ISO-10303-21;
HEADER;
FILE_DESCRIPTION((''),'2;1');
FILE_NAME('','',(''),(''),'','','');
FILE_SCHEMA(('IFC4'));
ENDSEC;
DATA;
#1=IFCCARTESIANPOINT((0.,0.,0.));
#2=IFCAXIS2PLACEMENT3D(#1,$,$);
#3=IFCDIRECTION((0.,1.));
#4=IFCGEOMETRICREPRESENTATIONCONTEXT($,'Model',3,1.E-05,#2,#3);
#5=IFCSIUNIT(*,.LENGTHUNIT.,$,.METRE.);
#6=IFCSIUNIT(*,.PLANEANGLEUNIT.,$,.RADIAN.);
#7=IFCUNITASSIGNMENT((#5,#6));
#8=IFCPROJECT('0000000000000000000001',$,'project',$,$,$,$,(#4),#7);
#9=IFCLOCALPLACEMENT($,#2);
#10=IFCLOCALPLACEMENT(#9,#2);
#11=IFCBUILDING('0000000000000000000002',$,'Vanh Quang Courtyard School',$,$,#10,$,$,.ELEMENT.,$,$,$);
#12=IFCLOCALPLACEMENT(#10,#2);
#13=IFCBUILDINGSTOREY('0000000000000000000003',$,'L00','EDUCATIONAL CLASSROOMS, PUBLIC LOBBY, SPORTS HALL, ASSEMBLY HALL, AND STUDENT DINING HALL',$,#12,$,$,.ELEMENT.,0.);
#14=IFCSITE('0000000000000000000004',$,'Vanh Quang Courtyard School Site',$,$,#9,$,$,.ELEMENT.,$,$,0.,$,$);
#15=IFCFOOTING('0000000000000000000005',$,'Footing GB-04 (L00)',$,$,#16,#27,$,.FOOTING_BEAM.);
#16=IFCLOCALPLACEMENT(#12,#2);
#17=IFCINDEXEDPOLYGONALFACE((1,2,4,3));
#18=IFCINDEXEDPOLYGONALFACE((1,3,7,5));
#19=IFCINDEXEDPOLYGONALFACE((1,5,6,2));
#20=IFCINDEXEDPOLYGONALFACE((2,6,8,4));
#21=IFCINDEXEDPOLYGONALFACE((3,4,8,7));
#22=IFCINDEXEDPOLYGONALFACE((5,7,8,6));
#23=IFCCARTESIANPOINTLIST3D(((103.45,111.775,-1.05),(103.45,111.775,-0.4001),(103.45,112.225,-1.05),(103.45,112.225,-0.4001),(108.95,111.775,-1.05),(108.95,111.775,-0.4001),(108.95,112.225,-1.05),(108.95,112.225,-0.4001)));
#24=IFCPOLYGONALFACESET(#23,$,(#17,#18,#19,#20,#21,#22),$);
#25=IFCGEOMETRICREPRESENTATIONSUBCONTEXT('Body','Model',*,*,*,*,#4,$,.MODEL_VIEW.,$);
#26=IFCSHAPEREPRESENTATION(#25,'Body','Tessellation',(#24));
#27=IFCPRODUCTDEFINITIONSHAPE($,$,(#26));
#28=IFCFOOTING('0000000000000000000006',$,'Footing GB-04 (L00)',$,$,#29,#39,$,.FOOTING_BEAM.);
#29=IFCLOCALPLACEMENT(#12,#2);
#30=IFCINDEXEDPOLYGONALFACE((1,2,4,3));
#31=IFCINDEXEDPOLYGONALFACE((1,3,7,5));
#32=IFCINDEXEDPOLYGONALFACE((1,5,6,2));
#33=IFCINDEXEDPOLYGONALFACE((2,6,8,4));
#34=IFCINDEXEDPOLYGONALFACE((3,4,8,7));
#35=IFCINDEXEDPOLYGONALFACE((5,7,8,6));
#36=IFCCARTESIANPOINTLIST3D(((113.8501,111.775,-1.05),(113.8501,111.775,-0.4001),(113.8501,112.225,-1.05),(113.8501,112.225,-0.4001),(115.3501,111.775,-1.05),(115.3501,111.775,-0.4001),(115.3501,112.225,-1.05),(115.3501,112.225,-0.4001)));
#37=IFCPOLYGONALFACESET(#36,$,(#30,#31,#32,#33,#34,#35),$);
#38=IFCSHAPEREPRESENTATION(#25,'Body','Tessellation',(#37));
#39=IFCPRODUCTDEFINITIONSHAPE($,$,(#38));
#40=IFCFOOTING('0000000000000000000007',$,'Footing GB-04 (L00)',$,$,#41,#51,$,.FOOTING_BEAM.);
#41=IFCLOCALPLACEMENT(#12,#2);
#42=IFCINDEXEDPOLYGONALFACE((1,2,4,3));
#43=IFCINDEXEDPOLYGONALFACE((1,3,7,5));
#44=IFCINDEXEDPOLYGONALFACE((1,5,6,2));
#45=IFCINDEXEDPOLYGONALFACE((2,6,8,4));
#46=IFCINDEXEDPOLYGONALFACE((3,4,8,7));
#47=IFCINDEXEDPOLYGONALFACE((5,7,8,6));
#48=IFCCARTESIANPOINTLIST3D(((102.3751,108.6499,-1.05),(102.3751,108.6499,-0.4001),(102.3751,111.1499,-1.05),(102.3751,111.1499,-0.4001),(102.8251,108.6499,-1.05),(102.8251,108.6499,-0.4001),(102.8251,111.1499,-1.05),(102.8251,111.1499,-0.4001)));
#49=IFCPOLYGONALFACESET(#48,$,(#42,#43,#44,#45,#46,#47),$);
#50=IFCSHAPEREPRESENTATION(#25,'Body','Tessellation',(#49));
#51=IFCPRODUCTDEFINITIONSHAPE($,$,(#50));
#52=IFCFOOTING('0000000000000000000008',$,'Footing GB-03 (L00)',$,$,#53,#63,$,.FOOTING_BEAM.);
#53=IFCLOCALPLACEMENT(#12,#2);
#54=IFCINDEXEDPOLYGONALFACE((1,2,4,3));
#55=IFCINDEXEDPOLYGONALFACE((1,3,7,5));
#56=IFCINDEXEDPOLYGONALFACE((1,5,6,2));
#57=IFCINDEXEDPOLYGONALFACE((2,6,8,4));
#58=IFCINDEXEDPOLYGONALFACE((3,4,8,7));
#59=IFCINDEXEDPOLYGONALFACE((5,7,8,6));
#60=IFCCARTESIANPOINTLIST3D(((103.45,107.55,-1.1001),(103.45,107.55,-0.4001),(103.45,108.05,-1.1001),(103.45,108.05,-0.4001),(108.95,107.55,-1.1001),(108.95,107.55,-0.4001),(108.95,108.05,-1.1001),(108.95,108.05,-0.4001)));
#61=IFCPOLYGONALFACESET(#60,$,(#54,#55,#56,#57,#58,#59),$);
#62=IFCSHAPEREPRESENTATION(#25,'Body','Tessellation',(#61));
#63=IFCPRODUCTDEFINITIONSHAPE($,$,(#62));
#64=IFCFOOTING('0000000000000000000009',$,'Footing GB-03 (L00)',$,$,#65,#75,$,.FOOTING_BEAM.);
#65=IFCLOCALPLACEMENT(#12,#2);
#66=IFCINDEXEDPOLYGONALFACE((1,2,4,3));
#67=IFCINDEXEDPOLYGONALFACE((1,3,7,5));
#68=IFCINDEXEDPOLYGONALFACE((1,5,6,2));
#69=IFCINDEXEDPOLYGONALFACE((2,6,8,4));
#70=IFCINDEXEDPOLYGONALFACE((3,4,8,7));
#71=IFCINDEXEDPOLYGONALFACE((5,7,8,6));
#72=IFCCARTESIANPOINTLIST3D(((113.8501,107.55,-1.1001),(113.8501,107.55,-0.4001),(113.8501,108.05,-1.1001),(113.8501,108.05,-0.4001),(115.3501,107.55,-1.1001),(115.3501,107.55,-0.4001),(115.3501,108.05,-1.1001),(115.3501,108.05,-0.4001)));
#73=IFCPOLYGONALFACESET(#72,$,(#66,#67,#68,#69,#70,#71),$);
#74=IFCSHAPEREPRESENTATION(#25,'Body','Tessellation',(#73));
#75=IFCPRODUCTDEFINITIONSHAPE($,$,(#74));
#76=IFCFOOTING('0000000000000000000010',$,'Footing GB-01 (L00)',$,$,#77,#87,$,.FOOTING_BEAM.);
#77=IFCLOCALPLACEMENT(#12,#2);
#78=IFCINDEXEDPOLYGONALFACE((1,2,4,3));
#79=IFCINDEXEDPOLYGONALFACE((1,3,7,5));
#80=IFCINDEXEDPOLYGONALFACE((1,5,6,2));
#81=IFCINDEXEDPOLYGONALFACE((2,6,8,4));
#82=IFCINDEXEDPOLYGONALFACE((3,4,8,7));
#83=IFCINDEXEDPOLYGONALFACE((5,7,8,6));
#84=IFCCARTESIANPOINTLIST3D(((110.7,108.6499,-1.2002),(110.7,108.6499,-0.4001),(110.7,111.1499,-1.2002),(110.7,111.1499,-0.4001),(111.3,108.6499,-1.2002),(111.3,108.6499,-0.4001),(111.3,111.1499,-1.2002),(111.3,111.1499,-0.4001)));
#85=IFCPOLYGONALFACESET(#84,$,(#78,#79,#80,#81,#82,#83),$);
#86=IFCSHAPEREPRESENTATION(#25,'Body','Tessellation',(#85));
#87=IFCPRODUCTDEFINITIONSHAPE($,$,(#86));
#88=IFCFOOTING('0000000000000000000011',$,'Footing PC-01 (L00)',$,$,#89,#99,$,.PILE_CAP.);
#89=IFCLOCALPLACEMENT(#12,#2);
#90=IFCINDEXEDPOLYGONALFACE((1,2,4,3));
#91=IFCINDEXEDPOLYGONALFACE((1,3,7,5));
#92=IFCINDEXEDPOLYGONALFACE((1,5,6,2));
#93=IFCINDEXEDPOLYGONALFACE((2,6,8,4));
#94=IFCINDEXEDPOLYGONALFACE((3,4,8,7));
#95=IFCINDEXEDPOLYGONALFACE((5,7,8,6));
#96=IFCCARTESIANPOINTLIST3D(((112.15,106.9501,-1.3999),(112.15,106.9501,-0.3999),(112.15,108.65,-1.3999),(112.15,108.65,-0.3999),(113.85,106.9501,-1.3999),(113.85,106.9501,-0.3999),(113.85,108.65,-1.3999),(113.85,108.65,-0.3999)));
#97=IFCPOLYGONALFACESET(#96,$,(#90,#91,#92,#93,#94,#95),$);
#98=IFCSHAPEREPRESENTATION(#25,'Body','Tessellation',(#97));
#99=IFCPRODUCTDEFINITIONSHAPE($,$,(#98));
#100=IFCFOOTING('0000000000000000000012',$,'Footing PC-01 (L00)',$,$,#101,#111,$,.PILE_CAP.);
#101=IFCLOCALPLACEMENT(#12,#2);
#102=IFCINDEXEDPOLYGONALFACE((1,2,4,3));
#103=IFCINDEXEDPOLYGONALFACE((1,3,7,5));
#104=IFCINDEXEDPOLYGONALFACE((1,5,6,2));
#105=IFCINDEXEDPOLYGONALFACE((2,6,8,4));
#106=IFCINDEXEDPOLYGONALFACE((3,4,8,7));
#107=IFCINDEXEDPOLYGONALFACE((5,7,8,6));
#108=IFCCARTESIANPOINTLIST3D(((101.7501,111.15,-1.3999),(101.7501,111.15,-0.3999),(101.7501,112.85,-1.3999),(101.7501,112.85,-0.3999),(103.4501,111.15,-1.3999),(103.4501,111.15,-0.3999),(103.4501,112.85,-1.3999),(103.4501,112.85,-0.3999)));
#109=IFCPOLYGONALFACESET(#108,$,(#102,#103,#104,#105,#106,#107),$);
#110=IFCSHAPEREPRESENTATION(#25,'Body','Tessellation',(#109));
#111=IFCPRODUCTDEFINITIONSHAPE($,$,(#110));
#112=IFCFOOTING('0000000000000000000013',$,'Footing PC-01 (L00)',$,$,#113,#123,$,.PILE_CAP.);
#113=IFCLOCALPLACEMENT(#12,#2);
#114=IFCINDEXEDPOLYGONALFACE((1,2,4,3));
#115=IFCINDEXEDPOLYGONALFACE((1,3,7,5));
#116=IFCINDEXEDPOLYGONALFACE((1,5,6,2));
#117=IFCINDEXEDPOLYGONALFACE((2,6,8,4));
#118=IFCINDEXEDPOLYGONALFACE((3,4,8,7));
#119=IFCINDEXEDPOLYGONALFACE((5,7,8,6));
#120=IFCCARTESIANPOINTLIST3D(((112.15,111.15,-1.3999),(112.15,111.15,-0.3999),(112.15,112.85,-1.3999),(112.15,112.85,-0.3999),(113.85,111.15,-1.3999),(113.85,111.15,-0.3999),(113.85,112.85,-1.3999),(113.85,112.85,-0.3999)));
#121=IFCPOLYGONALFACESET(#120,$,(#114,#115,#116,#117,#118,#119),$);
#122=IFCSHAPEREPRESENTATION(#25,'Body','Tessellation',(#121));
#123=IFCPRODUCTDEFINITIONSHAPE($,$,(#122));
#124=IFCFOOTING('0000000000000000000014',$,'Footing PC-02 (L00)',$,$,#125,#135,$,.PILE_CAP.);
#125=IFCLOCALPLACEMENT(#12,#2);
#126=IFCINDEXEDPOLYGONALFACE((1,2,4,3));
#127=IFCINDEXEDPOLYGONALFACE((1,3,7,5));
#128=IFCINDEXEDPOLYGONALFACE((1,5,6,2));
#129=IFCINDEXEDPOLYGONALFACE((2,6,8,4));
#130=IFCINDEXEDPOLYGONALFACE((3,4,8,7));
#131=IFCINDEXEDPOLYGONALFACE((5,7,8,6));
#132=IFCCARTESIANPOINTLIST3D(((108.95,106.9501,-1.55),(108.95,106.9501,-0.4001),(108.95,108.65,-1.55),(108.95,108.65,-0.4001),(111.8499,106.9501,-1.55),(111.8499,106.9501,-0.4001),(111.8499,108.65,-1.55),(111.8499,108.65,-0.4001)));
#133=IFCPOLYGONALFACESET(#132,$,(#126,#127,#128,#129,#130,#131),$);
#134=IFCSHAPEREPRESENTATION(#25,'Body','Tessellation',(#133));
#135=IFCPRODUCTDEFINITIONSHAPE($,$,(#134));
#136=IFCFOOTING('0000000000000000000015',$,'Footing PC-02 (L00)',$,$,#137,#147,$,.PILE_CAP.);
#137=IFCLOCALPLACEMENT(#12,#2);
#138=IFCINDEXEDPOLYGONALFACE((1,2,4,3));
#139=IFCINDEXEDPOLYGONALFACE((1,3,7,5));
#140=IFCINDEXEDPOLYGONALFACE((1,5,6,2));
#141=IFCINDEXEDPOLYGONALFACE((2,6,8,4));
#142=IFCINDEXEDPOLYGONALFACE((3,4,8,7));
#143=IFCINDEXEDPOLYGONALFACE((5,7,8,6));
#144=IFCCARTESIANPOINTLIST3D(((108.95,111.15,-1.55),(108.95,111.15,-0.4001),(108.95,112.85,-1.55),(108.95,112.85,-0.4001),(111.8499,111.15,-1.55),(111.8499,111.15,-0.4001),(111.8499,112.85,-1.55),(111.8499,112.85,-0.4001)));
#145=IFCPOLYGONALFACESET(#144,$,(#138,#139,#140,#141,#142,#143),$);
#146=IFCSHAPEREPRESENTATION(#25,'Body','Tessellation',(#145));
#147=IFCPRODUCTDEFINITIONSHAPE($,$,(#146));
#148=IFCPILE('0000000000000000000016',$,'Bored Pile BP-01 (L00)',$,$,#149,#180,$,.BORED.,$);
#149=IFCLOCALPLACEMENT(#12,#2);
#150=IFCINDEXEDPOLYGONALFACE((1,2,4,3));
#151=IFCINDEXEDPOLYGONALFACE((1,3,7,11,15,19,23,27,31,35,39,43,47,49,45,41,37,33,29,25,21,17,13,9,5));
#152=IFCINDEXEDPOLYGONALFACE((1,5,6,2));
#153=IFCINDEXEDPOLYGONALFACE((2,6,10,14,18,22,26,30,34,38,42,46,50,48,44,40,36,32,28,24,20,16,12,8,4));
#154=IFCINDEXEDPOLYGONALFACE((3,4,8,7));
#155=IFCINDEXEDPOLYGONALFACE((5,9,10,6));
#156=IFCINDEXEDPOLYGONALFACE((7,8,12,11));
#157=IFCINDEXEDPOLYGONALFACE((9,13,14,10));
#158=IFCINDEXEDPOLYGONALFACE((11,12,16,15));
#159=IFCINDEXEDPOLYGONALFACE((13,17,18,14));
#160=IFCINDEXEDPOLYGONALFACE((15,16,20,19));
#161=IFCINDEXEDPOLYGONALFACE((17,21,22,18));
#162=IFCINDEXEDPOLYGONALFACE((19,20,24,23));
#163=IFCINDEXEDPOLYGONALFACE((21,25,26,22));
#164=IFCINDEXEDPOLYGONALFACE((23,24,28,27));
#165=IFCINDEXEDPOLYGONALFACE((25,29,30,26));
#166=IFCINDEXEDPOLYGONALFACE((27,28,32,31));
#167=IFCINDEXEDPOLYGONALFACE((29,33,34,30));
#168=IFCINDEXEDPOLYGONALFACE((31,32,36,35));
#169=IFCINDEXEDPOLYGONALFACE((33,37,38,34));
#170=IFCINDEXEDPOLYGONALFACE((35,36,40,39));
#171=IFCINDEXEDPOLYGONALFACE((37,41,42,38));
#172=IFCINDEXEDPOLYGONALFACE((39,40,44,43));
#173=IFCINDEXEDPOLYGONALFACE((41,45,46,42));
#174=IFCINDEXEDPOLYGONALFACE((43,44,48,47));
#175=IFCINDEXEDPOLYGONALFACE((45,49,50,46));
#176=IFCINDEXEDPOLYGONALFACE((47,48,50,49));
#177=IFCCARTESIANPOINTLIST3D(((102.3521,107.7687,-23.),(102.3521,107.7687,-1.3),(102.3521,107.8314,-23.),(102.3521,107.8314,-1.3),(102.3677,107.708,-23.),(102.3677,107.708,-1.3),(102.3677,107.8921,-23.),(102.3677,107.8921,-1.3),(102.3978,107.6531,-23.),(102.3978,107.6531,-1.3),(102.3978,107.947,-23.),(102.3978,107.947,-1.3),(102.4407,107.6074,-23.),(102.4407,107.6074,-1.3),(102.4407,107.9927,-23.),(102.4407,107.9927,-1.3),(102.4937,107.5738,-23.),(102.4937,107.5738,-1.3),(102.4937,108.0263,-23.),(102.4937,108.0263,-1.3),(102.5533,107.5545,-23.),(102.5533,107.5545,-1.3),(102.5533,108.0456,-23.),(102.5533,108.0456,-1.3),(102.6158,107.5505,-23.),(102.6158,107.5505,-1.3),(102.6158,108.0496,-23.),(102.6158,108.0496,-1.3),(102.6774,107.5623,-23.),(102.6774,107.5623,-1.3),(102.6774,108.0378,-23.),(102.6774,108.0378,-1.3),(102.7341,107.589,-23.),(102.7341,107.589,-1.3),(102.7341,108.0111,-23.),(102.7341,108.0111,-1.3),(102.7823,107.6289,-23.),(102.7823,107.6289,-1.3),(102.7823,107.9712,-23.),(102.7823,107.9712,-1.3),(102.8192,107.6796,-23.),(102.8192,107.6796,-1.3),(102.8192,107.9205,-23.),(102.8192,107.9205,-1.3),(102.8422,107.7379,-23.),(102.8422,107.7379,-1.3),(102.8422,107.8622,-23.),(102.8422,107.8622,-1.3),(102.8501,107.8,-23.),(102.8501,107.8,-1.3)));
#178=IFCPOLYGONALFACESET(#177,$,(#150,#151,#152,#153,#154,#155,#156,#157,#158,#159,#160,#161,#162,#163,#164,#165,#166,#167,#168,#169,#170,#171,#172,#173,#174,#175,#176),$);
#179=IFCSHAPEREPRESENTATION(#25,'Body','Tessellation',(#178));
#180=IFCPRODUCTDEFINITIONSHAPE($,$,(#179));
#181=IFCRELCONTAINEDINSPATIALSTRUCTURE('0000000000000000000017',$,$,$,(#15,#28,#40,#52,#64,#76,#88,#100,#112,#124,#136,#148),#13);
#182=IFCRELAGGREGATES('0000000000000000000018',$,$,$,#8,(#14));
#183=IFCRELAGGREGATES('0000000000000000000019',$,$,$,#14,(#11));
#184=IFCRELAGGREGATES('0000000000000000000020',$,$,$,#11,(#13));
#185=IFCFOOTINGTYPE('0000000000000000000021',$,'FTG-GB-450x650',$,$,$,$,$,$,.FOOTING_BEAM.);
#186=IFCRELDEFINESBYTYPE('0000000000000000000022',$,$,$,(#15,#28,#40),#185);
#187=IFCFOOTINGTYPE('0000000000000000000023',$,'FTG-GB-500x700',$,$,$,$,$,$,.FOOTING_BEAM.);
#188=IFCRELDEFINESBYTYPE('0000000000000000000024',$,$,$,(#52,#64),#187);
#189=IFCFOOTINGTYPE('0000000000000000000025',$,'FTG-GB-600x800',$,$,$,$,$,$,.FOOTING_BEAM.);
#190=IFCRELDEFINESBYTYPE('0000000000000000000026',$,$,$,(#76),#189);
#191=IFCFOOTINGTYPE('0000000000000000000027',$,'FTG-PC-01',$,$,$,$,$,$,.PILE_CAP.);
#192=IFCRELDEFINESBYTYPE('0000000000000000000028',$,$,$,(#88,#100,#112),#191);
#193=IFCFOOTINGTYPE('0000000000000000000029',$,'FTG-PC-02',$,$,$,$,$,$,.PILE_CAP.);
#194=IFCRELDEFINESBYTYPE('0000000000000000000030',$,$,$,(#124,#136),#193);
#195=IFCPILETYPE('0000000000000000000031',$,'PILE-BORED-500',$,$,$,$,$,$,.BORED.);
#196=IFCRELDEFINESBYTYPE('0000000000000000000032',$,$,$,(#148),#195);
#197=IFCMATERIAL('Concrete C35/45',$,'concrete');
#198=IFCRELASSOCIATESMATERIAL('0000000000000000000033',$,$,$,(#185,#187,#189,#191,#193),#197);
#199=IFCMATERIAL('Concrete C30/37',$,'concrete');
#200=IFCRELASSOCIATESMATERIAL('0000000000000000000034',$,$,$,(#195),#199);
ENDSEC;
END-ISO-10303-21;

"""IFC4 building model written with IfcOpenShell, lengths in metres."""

from ifc_helpers import new_model, si_unit, direction, frame, origin, origin_2d, place, context, subcontext, project, spatial, rectangle, circle, extrude, material, material_profile, profile_set, type_object, element, save


model = new_model("IFC4")

# Units and contexts
model_context = context("Model", 3, precision=1e-05, world=origin(), true_north=direction((0.0, 1.0)))
body_context = subcontext(model_context, "Body", "Model", "MODEL_VIEW")
ifc_project = project(units=[si_unit("LENGTHUNIT", "METRE"), si_unit("PLANEANGLEUNIT", "RADIAN")], contexts=[model_context])

# Site, building, storey
site_placement = place(None, origin())
site = spatial("IfcSite", under=ifc_project, at=site_placement, Name="Vanh Quang Courtyard School Site", CompositionType="ELEMENT", RefElevation=0.0)
building_placement = place(site_placement, origin())
building = spatial("IfcBuilding", under=site, at=building_placement, Name="Vanh Quang Courtyard School", CompositionType="ELEMENT")
storey_placement = place(building_placement, origin())
storey = spatial("IfcBuildingStorey", under=building, at=storey_placement, Name="L00", Description="EDUCATIONAL CLASSROOMS, PUBLIC LOBBY, SPORTS HALL, ASSEMBLY HALL, AND STUDENT DINING HALL", CompositionType="ELEMENT", Elevation=0.0)

# Footings
ifc_material_1 = material(Name="Concrete C35/45", Category="concrete")
footing_type_1 = type_object("IfcFootingType", Name="FTG-GB-450x650", PredefinedType="FOOTING_BEAM", material=ifc_material_1)
footing_1_placement = place(storey_placement, frame((106.2, 112.0, -1.05), z_axis=(0.0, 0.0, 1.0), x_axis=(1.0, 0.0, 0.0)))
element("IfcFooting", 1, at=footing_1_placement, inside=storey, type_object=footing_type_1, Name="Footing GB-04 (L00)", PredefinedType="FOOTING_BEAM", context=body_context, shape_type="SweptSolid", body=[
    extrude(rectangle(XDim=5.5, YDim=0.45, at=origin_2d()), origin(), (0.0, 0.0, 1.0), 0.6499),
])
footing_2_placement = place(storey_placement, frame((114.6001, 112.0, -1.05), z_axis=(0.0, 0.0, 1.0), x_axis=(1.0, 0.0, 0.0)))
element("IfcFooting", 2, at=footing_2_placement, inside=storey, type_object=footing_type_1, Name="Footing GB-04 (L00)", PredefinedType="FOOTING_BEAM", context=body_context, shape_type="SweptSolid", body=[
    extrude(rectangle(XDim=1.5, YDim=0.45, at=origin_2d()), origin(), (0.0, 0.0, 1.0), 0.6499),
])
footing_3_placement = place(storey_placement, frame((102.6001, 109.8999, -1.05), z_axis=(0.0, 0.0, 1.0), x_axis=(0.0, 1.0, 0.0)))
element("IfcFooting", 3, at=footing_3_placement, inside=storey, type_object=footing_type_1, Name="Footing GB-04 (L00)", PredefinedType="FOOTING_BEAM", context=body_context, shape_type="SweptSolid", body=[
    extrude(rectangle(XDim=2.5, YDim=0.45, at=origin_2d()), origin(), (0.0, 0.0, 1.0), 0.6499),
])
footing_type_2 = type_object("IfcFootingType", Name="FTG-GB-500x700", PredefinedType="FOOTING_BEAM", material=ifc_material_1)
footing_4_placement = place(storey_placement, frame((106.2, 107.8, -1.1001), z_axis=(0.0, 0.0, 1.0), x_axis=(1.0, 0.0, 0.0)))
element("IfcFooting", 4, at=footing_4_placement, inside=storey, type_object=footing_type_2, Name="Footing GB-03 (L00)", PredefinedType="FOOTING_BEAM", context=body_context, shape_type="SweptSolid", body=[
    extrude(rectangle(XDim=5.5, YDim=0.5, at=origin_2d()), origin(), (0.0, 0.0, 1.0), 0.7),
])
footing_5_placement = place(storey_placement, frame((114.6001, 107.8, -1.1001), z_axis=(0.0, 0.0, 1.0), x_axis=(1.0, 0.0, 0.0)))
element("IfcFooting", 5, at=footing_5_placement, inside=storey, type_object=footing_type_2, Name="Footing GB-03 (L00)", PredefinedType="FOOTING_BEAM", context=body_context, shape_type="SweptSolid", body=[
    extrude(rectangle(XDim=1.5, YDim=0.5, at=origin_2d()), origin(), (0.0, 0.0, 1.0), 0.7),
])
footing_type_3 = type_object("IfcFootingType", Name="FTG-GB-600x800", PredefinedType="FOOTING_BEAM", material=ifc_material_1)
footing_6_placement = place(storey_placement, frame((111.0, 109.8999, -1.2002), z_axis=(0.0, 0.0, 1.0), x_axis=(0.0, 1.0, 0.0)))
element("IfcFooting", 6, at=footing_6_placement, inside=storey, type_object=footing_type_3, Name="Footing GB-01 (L00)", PredefinedType="FOOTING_BEAM", context=body_context, shape_type="SweptSolid", body=[
    extrude(rectangle(XDim=2.5, YDim=0.6001, at=origin_2d()), origin(), (0.0, 0.0, 1.0), 0.8),
])
footing_type_4 = type_object("IfcFootingType", Name="FTG-PC-01", PredefinedType="PILE_CAP", material=ifc_material_1)
for number, where, z_axis, x_axis, name in (
    (7, (113.0, 107.8, -1.3999), (0.0, 0.0, 1.0), (1.0, 0.0, 0.0), "Footing PC-01 (L00)"),
    (8, (102.6001, 112.0, -1.3999), (0.0, 0.0, 1.0), (1.0, 0.0, 0.0), "Footing PC-01 (L00)"),
    (9, (113.0, 112.0, -1.3999), (0.0, 0.0, 1.0), (1.0, 0.0, 0.0), "Footing PC-01 (L00)"),
):
    element("IfcFooting", number, at=place(storey_placement, frame(where, z_axis=z_axis, x_axis=x_axis)), inside=storey, type_object=footing_type_4, Name=name, PredefinedType="PILE_CAP", context=body_context, shape_type="SweptSolid", body=[
        extrude(rectangle(XDim=1.7, YDim=1.7, at=origin_2d()), origin(), (0.0, 0.0, 1.0), 1.0),
    ])
footing_type_5 = type_object("IfcFootingType", Name="FTG-PC-02", PredefinedType="PILE_CAP", material=ifc_material_1)
for number, where, z_axis, x_axis, name in (
    (10, (110.3999, 107.8, -1.55), (0.0, 0.0, 1.0), (1.0, 0.0, 0.0), "Footing PC-02 (L00)"),
    (11, (110.3999, 112.0, -1.55), (0.0, 0.0, 1.0), (1.0, 0.0, 0.0), "Footing PC-02 (L00)"),
):
    element("IfcFooting", number, at=place(storey_placement, frame(where, z_axis=z_axis, x_axis=x_axis)), inside=storey, type_object=footing_type_5, Name=name, PredefinedType="PILE_CAP", context=body_context, shape_type="SweptSolid", body=[
        extrude(rectangle(XDim=2.8999, YDim=1.7, at=origin_2d()), origin(), (0.0, 0.0, 1.0), 1.1499),
    ])

# Pile
ifc_material_2 = material(Name="Concrete C30/37", Category="concrete")
ifc_material_profile_1 = material_profile(ifc_material_2, circle(Radius=0.25, at=origin_2d()), Name="PILE D500")
ifc_profile_set_1 = profile_set([ifc_material_profile_1], Name="Concrete C30/37")
pile_type_1 = type_object("IfcPileType", Name="PILE-BORED-500", PredefinedType="BORED", material=ifc_profile_set_1)
for number, where, z_axis, x_axis, name in (
    (12, (102.6001, 107.8, -1.3), (0.0, 0.0, -1.0), (1.0, 0.0, 0.0), "Bored Pile BP-01 (L00)"),
):
    element("IfcPile", number, at=place(storey_placement, frame(where, z_axis=z_axis, x_axis=x_axis)), inside=storey, type_object=pile_type_1, Name=name, PredefinedType="BORED", context=body_context, shape_type="SweptSolid", body=[
        extrude(circle(Radius=0.25, at=origin_2d()), origin(), (0.0, 0.0, 1.0), 21.7),
    ])

save(model, "model.ifc")
